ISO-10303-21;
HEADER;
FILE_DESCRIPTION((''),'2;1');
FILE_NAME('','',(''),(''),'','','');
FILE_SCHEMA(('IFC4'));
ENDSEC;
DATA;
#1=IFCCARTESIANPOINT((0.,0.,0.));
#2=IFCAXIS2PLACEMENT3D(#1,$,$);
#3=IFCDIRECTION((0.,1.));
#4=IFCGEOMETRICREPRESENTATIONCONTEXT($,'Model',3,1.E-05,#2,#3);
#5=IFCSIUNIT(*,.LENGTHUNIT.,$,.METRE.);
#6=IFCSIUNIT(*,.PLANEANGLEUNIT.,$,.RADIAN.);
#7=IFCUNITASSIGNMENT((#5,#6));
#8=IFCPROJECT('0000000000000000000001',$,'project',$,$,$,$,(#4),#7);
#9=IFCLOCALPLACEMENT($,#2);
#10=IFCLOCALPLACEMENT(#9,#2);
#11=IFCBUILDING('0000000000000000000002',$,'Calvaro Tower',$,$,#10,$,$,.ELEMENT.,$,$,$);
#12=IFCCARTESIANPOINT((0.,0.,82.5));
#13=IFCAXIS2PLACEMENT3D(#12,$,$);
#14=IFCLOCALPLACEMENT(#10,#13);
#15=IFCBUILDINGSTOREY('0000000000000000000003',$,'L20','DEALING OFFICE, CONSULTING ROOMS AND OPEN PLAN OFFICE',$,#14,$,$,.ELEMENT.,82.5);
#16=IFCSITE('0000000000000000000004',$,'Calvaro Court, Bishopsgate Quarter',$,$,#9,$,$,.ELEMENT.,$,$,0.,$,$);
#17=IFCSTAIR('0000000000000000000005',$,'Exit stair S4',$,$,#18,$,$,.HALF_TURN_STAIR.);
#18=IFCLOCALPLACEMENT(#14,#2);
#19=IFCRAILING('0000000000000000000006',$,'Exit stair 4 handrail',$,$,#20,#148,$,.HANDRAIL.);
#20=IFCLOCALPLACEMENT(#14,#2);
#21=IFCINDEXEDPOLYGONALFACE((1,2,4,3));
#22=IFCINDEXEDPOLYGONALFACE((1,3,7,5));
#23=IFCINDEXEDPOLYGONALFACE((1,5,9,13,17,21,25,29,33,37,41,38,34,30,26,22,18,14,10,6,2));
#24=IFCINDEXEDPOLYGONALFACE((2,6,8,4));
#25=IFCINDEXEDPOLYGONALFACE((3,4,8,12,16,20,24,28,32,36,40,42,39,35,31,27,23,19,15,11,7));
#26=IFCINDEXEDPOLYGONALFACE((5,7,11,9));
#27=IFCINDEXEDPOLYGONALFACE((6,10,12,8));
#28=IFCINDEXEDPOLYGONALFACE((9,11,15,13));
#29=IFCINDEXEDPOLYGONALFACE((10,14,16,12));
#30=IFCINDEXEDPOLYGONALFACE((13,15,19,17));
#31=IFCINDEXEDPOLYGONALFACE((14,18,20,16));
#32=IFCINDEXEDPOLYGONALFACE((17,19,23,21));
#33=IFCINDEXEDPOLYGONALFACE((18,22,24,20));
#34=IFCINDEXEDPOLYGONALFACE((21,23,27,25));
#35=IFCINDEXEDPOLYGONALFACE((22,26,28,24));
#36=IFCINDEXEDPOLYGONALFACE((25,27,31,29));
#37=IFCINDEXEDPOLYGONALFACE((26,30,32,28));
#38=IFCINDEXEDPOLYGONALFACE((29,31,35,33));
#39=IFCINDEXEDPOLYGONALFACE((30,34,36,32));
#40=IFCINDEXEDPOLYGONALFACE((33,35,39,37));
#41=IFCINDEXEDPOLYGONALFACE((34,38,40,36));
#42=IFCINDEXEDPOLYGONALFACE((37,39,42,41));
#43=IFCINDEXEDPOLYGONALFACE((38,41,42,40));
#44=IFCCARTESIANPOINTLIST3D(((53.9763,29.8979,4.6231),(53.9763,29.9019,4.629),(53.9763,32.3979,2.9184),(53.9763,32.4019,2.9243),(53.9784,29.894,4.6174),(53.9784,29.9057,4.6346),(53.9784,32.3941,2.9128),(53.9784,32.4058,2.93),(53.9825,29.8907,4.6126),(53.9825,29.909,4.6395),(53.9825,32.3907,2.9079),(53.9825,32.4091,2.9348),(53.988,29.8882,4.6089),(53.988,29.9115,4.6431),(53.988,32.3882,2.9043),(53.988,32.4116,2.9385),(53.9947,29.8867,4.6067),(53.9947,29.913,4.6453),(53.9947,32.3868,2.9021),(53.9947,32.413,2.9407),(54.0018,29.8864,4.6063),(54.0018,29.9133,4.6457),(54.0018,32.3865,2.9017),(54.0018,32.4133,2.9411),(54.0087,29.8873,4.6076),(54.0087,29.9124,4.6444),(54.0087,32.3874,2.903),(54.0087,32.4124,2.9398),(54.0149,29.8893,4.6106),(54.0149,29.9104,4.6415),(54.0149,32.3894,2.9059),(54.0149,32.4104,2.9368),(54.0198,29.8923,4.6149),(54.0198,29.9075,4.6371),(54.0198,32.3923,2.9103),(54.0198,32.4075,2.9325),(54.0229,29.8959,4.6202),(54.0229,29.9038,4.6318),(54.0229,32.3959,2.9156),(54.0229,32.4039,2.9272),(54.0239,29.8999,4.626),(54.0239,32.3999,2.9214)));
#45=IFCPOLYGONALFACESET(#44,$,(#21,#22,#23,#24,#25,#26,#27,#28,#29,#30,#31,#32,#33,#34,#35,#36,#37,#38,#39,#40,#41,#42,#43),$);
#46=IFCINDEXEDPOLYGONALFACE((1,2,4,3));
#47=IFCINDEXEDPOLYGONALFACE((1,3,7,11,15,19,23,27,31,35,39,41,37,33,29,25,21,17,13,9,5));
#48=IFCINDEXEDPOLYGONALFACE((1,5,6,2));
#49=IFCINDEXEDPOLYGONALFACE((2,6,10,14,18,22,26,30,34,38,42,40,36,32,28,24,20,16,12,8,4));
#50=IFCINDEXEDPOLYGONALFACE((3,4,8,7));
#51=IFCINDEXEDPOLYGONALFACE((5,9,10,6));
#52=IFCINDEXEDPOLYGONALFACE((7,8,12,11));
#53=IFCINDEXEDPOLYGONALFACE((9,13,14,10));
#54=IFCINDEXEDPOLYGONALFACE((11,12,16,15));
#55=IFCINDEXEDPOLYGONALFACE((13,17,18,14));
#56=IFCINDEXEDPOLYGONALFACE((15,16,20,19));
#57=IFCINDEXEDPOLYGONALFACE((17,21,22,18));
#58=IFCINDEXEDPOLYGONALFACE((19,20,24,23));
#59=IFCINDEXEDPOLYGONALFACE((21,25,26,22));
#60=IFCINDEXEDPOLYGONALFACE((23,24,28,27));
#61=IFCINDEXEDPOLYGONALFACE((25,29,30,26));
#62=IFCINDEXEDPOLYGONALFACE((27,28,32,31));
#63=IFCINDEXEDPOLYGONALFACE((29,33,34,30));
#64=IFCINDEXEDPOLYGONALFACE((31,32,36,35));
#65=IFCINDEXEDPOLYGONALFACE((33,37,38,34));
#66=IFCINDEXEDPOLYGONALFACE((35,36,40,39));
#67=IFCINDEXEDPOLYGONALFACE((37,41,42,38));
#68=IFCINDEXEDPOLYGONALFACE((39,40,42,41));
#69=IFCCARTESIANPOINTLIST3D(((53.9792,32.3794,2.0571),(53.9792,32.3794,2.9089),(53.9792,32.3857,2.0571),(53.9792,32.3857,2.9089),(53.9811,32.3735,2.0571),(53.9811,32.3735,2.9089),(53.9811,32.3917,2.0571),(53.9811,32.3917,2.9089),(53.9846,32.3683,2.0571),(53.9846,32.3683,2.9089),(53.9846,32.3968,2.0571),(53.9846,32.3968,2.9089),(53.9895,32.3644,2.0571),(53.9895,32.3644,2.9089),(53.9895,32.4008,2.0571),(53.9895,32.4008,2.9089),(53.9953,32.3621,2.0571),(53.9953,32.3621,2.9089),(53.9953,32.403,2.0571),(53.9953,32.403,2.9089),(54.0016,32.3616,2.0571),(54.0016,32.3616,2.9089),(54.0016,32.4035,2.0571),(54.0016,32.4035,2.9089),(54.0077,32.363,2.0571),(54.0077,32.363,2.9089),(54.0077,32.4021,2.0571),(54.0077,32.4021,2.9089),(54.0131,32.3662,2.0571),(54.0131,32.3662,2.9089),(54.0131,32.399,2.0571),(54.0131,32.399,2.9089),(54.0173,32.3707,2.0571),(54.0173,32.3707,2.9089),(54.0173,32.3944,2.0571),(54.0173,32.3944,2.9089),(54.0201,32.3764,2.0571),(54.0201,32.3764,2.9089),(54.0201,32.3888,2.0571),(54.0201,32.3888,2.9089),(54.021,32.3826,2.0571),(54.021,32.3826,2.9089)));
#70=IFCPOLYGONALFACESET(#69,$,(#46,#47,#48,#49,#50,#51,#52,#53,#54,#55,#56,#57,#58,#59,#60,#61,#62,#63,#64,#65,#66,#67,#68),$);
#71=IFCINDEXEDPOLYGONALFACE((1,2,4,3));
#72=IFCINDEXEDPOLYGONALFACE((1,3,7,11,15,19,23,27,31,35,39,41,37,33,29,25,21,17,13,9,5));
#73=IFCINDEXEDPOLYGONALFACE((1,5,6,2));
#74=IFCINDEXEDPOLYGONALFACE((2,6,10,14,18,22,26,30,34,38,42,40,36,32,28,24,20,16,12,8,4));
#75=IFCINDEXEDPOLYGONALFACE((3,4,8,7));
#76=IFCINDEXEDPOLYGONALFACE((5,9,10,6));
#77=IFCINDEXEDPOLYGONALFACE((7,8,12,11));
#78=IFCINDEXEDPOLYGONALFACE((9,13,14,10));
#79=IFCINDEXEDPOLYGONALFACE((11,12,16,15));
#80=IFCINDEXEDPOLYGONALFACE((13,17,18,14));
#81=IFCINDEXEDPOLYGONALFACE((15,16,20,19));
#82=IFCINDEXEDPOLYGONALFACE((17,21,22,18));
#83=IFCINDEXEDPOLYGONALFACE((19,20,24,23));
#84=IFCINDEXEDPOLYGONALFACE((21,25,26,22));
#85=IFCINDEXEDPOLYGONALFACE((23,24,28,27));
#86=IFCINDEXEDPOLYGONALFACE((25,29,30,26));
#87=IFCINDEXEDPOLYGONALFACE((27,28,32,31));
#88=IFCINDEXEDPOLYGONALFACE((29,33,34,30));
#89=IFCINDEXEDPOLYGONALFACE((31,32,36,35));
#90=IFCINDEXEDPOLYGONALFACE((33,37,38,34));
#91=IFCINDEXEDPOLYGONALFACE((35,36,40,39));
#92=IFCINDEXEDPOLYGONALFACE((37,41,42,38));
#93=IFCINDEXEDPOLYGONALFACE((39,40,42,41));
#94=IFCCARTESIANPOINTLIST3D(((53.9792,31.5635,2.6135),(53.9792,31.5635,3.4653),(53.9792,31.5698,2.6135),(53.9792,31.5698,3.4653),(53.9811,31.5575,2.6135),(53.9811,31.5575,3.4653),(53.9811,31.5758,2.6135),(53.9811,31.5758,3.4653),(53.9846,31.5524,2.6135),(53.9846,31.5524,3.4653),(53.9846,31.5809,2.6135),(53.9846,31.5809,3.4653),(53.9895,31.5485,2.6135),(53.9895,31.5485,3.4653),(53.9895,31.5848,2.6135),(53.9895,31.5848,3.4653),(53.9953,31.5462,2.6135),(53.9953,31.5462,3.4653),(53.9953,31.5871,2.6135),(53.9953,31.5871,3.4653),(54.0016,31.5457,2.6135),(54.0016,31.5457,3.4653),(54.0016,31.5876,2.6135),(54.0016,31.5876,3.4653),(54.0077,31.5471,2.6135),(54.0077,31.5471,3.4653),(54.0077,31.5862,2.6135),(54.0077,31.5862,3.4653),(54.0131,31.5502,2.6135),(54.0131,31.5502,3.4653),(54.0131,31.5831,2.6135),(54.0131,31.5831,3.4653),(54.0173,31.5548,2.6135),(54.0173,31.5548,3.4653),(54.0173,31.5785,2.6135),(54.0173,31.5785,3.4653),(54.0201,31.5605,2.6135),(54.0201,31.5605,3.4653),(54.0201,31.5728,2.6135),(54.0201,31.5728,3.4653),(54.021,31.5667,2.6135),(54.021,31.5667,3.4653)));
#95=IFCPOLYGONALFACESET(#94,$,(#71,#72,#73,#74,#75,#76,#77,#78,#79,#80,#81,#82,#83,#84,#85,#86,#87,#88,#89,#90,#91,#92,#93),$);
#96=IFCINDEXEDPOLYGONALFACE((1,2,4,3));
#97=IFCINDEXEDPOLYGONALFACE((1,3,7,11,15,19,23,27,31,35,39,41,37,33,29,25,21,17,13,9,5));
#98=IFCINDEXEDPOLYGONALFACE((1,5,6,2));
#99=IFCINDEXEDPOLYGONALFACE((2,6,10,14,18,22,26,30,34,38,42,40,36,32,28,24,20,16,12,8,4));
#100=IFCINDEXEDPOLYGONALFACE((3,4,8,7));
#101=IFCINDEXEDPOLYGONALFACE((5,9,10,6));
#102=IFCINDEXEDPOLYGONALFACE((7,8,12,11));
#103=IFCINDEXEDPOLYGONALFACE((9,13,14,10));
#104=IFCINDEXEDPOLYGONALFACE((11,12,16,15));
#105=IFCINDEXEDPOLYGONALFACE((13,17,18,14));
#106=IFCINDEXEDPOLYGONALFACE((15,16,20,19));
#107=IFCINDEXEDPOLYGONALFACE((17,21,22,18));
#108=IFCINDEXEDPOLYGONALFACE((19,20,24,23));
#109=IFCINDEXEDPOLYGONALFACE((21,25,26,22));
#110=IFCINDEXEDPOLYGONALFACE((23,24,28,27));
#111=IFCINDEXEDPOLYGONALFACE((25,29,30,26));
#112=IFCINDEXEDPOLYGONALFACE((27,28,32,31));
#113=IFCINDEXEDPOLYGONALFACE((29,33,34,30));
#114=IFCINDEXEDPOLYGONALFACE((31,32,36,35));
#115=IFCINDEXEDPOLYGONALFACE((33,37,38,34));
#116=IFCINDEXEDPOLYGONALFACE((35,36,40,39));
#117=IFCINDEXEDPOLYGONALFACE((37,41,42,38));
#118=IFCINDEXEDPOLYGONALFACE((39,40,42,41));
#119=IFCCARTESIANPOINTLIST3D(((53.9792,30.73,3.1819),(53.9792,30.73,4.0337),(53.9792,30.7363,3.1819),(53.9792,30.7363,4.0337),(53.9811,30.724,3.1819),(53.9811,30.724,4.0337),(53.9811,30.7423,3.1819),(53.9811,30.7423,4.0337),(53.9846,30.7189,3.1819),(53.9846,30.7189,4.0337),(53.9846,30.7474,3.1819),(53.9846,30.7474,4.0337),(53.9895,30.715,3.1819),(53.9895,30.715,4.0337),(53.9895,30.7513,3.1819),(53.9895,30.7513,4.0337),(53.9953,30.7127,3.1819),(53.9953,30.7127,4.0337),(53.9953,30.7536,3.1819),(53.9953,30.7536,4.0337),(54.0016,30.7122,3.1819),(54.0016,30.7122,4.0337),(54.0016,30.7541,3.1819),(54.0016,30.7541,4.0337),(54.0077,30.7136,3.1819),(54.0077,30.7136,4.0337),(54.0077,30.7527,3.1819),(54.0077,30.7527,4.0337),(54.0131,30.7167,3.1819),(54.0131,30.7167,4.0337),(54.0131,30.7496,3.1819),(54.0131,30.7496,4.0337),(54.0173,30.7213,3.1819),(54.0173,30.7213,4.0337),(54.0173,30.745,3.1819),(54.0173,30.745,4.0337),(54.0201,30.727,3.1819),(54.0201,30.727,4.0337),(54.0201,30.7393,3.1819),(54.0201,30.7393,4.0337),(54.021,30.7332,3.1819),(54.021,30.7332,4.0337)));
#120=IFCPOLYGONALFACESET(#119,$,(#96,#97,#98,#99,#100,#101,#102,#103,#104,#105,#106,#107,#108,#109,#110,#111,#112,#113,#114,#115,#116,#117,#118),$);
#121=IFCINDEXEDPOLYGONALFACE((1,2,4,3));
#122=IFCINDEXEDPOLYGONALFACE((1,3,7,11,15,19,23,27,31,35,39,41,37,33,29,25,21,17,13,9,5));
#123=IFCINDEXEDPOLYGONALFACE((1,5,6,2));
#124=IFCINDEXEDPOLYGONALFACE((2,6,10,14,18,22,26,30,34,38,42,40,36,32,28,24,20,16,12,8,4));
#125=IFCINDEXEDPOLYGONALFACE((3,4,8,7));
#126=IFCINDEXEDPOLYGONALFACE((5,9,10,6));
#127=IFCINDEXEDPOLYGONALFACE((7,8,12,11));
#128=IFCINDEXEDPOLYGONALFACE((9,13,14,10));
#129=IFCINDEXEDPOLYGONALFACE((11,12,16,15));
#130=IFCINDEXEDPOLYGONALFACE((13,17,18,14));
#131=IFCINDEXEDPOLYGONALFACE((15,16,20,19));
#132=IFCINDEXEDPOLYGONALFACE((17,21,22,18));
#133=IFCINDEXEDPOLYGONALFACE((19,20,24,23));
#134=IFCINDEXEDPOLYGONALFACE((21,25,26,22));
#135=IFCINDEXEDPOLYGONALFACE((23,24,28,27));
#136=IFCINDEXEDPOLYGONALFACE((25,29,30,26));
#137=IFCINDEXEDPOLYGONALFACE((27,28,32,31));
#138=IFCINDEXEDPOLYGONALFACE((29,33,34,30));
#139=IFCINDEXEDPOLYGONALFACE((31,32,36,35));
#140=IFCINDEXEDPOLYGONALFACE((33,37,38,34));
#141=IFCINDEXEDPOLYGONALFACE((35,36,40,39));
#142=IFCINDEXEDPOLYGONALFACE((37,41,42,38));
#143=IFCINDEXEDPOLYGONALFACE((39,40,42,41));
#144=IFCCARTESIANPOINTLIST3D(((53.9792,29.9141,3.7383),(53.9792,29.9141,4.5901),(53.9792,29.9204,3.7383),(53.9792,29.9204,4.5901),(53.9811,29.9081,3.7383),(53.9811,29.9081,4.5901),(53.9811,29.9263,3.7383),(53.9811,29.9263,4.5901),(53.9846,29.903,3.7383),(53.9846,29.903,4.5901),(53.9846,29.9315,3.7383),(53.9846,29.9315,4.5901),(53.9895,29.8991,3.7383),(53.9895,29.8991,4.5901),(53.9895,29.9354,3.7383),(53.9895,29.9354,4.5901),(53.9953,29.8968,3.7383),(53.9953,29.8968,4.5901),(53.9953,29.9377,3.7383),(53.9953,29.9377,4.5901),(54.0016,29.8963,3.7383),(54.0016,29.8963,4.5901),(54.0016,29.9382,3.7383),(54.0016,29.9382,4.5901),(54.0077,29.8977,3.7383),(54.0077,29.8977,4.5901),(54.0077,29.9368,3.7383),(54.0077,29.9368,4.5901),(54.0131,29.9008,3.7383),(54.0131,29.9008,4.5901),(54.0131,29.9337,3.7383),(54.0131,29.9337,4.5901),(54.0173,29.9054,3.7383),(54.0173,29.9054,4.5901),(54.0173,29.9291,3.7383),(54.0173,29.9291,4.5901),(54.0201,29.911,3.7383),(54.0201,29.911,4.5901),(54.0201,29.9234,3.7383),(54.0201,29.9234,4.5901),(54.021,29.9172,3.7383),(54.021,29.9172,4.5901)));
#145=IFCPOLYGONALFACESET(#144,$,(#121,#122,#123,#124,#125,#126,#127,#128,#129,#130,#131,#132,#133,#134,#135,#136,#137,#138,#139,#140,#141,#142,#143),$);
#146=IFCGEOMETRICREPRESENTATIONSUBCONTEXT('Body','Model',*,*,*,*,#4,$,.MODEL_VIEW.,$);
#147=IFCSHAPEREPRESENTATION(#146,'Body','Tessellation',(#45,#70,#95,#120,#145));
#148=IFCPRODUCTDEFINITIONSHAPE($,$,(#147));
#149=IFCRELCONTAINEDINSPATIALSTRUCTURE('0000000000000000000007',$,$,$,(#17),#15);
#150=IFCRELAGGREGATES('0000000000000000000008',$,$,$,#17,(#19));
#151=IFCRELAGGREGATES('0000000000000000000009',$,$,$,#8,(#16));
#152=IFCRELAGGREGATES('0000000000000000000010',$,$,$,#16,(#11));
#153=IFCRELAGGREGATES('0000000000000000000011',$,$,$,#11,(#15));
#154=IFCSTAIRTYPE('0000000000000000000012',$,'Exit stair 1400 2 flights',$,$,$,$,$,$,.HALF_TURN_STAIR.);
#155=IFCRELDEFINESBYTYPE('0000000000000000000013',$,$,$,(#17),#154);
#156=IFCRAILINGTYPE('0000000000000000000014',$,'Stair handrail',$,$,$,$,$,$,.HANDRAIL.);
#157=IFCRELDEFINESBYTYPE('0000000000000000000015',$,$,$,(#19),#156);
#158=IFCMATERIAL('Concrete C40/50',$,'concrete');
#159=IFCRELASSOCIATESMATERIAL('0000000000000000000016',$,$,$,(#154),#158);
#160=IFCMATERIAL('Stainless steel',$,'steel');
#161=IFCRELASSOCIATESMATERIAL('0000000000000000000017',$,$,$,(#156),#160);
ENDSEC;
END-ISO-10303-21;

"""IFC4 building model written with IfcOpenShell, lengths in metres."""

from ifc_helpers import new_model, si_unit, direction, frame, origin, origin_2d, place, context, subcontext, project, spatial, circle, extrude, material, type_object, element, aggregate, save


model = new_model("IFC4")

# Units and contexts
model_context = context("Model", 3, precision=1e-05, world=origin(), true_north=direction((0.0, 1.0)))
body_context = subcontext(model_context, "Body", "Model", "MODEL_VIEW")
ifc_project = project(units=[si_unit("LENGTHUNIT", "METRE"), si_unit("PLANEANGLEUNIT", "RADIAN")], contexts=[model_context])

# Site, building, storey
site_placement = place(None, origin())
site = spatial("IfcSite", under=ifc_project, at=site_placement, Name="Calvaro Court, Bishopsgate Quarter", CompositionType="ELEMENT", RefElevation=0.0)
building_placement = place(site_placement, origin())
building = spatial("IfcBuilding", under=site, at=building_placement, Name="Calvaro Tower", CompositionType="ELEMENT")
storey_placement = place(building_placement, frame((0.0, 0.0, 82.5)))
storey = spatial("IfcBuildingStorey", under=building, at=storey_placement, Name="L20", Description="DEALING OFFICE, CONSULTING ROOMS AND OPEN PLAN OFFICE", CompositionType="ELEMENT", Elevation=82.5)

# Shared definitions
ifc_material_1 = material(Name="Concrete C40/50", Category="concrete")
stair_type = type_object("IfcStairType", Name="Exit stair 1400 2 flights", PredefinedType="HALF_TURN_STAIR", material=ifc_material_1)

# Stair, railing
stair_1_placement = place(storey_placement, origin())
stair_1 = element("IfcStair", 1, at=stair_1_placement, inside=storey, type_object=stair_type, Name="Exit stair S4", PredefinedType="HALF_TURN_STAIR")
ifc_material_2 = material(Name="Stainless steel", Category="steel")
railing_type = type_object("IfcRailingType", Name="Stair handrail", PredefinedType="HANDRAIL", material=ifc_material_2)
railing_1_placement = place(storey_placement, frame((54.0, 32.3999, 2.0454)))
railing_1 = element("IfcRailing", 2, at=railing_1_placement, type_object=railing_type, Name="Exit stair 4 handrail", PredefinedType="HANDRAIL", context=body_context, shape_type="SweptSolid", body=[
    extrude(circle(Radius=0.0239, at=origin_2d()), frame((0.0, 0.0, 0.876), z_axis=(0.0, -0.826221, 0.563347), x_axis=(1.0, 0.0, 0.0)), (0.0, 0.0, 1.0), 3.0259),
    extrude(circle(Radius=0.021, at=origin_2d()), frame((0.0, -0.0173, 0.0117)), (0.0, 0.0, 1.0), 0.8518),
    extrude(circle(Radius=0.021, at=origin_2d()), frame((0.0, -0.8333, 0.5681)), (0.0, 0.0, 1.0), 0.8518),
    extrude(circle(Radius=0.021, at=origin_2d()), frame((0.0, -1.6667, 1.1365)), (0.0, 0.0, 1.0), 0.8518),
    extrude(circle(Radius=0.021, at=origin_2d()), frame((0.0, -2.4827, 1.6929)), (0.0, 0.0, 1.0), 0.8518),
])
aggregate(stair_1, [railing_1])

save(model, "model.ifc")
